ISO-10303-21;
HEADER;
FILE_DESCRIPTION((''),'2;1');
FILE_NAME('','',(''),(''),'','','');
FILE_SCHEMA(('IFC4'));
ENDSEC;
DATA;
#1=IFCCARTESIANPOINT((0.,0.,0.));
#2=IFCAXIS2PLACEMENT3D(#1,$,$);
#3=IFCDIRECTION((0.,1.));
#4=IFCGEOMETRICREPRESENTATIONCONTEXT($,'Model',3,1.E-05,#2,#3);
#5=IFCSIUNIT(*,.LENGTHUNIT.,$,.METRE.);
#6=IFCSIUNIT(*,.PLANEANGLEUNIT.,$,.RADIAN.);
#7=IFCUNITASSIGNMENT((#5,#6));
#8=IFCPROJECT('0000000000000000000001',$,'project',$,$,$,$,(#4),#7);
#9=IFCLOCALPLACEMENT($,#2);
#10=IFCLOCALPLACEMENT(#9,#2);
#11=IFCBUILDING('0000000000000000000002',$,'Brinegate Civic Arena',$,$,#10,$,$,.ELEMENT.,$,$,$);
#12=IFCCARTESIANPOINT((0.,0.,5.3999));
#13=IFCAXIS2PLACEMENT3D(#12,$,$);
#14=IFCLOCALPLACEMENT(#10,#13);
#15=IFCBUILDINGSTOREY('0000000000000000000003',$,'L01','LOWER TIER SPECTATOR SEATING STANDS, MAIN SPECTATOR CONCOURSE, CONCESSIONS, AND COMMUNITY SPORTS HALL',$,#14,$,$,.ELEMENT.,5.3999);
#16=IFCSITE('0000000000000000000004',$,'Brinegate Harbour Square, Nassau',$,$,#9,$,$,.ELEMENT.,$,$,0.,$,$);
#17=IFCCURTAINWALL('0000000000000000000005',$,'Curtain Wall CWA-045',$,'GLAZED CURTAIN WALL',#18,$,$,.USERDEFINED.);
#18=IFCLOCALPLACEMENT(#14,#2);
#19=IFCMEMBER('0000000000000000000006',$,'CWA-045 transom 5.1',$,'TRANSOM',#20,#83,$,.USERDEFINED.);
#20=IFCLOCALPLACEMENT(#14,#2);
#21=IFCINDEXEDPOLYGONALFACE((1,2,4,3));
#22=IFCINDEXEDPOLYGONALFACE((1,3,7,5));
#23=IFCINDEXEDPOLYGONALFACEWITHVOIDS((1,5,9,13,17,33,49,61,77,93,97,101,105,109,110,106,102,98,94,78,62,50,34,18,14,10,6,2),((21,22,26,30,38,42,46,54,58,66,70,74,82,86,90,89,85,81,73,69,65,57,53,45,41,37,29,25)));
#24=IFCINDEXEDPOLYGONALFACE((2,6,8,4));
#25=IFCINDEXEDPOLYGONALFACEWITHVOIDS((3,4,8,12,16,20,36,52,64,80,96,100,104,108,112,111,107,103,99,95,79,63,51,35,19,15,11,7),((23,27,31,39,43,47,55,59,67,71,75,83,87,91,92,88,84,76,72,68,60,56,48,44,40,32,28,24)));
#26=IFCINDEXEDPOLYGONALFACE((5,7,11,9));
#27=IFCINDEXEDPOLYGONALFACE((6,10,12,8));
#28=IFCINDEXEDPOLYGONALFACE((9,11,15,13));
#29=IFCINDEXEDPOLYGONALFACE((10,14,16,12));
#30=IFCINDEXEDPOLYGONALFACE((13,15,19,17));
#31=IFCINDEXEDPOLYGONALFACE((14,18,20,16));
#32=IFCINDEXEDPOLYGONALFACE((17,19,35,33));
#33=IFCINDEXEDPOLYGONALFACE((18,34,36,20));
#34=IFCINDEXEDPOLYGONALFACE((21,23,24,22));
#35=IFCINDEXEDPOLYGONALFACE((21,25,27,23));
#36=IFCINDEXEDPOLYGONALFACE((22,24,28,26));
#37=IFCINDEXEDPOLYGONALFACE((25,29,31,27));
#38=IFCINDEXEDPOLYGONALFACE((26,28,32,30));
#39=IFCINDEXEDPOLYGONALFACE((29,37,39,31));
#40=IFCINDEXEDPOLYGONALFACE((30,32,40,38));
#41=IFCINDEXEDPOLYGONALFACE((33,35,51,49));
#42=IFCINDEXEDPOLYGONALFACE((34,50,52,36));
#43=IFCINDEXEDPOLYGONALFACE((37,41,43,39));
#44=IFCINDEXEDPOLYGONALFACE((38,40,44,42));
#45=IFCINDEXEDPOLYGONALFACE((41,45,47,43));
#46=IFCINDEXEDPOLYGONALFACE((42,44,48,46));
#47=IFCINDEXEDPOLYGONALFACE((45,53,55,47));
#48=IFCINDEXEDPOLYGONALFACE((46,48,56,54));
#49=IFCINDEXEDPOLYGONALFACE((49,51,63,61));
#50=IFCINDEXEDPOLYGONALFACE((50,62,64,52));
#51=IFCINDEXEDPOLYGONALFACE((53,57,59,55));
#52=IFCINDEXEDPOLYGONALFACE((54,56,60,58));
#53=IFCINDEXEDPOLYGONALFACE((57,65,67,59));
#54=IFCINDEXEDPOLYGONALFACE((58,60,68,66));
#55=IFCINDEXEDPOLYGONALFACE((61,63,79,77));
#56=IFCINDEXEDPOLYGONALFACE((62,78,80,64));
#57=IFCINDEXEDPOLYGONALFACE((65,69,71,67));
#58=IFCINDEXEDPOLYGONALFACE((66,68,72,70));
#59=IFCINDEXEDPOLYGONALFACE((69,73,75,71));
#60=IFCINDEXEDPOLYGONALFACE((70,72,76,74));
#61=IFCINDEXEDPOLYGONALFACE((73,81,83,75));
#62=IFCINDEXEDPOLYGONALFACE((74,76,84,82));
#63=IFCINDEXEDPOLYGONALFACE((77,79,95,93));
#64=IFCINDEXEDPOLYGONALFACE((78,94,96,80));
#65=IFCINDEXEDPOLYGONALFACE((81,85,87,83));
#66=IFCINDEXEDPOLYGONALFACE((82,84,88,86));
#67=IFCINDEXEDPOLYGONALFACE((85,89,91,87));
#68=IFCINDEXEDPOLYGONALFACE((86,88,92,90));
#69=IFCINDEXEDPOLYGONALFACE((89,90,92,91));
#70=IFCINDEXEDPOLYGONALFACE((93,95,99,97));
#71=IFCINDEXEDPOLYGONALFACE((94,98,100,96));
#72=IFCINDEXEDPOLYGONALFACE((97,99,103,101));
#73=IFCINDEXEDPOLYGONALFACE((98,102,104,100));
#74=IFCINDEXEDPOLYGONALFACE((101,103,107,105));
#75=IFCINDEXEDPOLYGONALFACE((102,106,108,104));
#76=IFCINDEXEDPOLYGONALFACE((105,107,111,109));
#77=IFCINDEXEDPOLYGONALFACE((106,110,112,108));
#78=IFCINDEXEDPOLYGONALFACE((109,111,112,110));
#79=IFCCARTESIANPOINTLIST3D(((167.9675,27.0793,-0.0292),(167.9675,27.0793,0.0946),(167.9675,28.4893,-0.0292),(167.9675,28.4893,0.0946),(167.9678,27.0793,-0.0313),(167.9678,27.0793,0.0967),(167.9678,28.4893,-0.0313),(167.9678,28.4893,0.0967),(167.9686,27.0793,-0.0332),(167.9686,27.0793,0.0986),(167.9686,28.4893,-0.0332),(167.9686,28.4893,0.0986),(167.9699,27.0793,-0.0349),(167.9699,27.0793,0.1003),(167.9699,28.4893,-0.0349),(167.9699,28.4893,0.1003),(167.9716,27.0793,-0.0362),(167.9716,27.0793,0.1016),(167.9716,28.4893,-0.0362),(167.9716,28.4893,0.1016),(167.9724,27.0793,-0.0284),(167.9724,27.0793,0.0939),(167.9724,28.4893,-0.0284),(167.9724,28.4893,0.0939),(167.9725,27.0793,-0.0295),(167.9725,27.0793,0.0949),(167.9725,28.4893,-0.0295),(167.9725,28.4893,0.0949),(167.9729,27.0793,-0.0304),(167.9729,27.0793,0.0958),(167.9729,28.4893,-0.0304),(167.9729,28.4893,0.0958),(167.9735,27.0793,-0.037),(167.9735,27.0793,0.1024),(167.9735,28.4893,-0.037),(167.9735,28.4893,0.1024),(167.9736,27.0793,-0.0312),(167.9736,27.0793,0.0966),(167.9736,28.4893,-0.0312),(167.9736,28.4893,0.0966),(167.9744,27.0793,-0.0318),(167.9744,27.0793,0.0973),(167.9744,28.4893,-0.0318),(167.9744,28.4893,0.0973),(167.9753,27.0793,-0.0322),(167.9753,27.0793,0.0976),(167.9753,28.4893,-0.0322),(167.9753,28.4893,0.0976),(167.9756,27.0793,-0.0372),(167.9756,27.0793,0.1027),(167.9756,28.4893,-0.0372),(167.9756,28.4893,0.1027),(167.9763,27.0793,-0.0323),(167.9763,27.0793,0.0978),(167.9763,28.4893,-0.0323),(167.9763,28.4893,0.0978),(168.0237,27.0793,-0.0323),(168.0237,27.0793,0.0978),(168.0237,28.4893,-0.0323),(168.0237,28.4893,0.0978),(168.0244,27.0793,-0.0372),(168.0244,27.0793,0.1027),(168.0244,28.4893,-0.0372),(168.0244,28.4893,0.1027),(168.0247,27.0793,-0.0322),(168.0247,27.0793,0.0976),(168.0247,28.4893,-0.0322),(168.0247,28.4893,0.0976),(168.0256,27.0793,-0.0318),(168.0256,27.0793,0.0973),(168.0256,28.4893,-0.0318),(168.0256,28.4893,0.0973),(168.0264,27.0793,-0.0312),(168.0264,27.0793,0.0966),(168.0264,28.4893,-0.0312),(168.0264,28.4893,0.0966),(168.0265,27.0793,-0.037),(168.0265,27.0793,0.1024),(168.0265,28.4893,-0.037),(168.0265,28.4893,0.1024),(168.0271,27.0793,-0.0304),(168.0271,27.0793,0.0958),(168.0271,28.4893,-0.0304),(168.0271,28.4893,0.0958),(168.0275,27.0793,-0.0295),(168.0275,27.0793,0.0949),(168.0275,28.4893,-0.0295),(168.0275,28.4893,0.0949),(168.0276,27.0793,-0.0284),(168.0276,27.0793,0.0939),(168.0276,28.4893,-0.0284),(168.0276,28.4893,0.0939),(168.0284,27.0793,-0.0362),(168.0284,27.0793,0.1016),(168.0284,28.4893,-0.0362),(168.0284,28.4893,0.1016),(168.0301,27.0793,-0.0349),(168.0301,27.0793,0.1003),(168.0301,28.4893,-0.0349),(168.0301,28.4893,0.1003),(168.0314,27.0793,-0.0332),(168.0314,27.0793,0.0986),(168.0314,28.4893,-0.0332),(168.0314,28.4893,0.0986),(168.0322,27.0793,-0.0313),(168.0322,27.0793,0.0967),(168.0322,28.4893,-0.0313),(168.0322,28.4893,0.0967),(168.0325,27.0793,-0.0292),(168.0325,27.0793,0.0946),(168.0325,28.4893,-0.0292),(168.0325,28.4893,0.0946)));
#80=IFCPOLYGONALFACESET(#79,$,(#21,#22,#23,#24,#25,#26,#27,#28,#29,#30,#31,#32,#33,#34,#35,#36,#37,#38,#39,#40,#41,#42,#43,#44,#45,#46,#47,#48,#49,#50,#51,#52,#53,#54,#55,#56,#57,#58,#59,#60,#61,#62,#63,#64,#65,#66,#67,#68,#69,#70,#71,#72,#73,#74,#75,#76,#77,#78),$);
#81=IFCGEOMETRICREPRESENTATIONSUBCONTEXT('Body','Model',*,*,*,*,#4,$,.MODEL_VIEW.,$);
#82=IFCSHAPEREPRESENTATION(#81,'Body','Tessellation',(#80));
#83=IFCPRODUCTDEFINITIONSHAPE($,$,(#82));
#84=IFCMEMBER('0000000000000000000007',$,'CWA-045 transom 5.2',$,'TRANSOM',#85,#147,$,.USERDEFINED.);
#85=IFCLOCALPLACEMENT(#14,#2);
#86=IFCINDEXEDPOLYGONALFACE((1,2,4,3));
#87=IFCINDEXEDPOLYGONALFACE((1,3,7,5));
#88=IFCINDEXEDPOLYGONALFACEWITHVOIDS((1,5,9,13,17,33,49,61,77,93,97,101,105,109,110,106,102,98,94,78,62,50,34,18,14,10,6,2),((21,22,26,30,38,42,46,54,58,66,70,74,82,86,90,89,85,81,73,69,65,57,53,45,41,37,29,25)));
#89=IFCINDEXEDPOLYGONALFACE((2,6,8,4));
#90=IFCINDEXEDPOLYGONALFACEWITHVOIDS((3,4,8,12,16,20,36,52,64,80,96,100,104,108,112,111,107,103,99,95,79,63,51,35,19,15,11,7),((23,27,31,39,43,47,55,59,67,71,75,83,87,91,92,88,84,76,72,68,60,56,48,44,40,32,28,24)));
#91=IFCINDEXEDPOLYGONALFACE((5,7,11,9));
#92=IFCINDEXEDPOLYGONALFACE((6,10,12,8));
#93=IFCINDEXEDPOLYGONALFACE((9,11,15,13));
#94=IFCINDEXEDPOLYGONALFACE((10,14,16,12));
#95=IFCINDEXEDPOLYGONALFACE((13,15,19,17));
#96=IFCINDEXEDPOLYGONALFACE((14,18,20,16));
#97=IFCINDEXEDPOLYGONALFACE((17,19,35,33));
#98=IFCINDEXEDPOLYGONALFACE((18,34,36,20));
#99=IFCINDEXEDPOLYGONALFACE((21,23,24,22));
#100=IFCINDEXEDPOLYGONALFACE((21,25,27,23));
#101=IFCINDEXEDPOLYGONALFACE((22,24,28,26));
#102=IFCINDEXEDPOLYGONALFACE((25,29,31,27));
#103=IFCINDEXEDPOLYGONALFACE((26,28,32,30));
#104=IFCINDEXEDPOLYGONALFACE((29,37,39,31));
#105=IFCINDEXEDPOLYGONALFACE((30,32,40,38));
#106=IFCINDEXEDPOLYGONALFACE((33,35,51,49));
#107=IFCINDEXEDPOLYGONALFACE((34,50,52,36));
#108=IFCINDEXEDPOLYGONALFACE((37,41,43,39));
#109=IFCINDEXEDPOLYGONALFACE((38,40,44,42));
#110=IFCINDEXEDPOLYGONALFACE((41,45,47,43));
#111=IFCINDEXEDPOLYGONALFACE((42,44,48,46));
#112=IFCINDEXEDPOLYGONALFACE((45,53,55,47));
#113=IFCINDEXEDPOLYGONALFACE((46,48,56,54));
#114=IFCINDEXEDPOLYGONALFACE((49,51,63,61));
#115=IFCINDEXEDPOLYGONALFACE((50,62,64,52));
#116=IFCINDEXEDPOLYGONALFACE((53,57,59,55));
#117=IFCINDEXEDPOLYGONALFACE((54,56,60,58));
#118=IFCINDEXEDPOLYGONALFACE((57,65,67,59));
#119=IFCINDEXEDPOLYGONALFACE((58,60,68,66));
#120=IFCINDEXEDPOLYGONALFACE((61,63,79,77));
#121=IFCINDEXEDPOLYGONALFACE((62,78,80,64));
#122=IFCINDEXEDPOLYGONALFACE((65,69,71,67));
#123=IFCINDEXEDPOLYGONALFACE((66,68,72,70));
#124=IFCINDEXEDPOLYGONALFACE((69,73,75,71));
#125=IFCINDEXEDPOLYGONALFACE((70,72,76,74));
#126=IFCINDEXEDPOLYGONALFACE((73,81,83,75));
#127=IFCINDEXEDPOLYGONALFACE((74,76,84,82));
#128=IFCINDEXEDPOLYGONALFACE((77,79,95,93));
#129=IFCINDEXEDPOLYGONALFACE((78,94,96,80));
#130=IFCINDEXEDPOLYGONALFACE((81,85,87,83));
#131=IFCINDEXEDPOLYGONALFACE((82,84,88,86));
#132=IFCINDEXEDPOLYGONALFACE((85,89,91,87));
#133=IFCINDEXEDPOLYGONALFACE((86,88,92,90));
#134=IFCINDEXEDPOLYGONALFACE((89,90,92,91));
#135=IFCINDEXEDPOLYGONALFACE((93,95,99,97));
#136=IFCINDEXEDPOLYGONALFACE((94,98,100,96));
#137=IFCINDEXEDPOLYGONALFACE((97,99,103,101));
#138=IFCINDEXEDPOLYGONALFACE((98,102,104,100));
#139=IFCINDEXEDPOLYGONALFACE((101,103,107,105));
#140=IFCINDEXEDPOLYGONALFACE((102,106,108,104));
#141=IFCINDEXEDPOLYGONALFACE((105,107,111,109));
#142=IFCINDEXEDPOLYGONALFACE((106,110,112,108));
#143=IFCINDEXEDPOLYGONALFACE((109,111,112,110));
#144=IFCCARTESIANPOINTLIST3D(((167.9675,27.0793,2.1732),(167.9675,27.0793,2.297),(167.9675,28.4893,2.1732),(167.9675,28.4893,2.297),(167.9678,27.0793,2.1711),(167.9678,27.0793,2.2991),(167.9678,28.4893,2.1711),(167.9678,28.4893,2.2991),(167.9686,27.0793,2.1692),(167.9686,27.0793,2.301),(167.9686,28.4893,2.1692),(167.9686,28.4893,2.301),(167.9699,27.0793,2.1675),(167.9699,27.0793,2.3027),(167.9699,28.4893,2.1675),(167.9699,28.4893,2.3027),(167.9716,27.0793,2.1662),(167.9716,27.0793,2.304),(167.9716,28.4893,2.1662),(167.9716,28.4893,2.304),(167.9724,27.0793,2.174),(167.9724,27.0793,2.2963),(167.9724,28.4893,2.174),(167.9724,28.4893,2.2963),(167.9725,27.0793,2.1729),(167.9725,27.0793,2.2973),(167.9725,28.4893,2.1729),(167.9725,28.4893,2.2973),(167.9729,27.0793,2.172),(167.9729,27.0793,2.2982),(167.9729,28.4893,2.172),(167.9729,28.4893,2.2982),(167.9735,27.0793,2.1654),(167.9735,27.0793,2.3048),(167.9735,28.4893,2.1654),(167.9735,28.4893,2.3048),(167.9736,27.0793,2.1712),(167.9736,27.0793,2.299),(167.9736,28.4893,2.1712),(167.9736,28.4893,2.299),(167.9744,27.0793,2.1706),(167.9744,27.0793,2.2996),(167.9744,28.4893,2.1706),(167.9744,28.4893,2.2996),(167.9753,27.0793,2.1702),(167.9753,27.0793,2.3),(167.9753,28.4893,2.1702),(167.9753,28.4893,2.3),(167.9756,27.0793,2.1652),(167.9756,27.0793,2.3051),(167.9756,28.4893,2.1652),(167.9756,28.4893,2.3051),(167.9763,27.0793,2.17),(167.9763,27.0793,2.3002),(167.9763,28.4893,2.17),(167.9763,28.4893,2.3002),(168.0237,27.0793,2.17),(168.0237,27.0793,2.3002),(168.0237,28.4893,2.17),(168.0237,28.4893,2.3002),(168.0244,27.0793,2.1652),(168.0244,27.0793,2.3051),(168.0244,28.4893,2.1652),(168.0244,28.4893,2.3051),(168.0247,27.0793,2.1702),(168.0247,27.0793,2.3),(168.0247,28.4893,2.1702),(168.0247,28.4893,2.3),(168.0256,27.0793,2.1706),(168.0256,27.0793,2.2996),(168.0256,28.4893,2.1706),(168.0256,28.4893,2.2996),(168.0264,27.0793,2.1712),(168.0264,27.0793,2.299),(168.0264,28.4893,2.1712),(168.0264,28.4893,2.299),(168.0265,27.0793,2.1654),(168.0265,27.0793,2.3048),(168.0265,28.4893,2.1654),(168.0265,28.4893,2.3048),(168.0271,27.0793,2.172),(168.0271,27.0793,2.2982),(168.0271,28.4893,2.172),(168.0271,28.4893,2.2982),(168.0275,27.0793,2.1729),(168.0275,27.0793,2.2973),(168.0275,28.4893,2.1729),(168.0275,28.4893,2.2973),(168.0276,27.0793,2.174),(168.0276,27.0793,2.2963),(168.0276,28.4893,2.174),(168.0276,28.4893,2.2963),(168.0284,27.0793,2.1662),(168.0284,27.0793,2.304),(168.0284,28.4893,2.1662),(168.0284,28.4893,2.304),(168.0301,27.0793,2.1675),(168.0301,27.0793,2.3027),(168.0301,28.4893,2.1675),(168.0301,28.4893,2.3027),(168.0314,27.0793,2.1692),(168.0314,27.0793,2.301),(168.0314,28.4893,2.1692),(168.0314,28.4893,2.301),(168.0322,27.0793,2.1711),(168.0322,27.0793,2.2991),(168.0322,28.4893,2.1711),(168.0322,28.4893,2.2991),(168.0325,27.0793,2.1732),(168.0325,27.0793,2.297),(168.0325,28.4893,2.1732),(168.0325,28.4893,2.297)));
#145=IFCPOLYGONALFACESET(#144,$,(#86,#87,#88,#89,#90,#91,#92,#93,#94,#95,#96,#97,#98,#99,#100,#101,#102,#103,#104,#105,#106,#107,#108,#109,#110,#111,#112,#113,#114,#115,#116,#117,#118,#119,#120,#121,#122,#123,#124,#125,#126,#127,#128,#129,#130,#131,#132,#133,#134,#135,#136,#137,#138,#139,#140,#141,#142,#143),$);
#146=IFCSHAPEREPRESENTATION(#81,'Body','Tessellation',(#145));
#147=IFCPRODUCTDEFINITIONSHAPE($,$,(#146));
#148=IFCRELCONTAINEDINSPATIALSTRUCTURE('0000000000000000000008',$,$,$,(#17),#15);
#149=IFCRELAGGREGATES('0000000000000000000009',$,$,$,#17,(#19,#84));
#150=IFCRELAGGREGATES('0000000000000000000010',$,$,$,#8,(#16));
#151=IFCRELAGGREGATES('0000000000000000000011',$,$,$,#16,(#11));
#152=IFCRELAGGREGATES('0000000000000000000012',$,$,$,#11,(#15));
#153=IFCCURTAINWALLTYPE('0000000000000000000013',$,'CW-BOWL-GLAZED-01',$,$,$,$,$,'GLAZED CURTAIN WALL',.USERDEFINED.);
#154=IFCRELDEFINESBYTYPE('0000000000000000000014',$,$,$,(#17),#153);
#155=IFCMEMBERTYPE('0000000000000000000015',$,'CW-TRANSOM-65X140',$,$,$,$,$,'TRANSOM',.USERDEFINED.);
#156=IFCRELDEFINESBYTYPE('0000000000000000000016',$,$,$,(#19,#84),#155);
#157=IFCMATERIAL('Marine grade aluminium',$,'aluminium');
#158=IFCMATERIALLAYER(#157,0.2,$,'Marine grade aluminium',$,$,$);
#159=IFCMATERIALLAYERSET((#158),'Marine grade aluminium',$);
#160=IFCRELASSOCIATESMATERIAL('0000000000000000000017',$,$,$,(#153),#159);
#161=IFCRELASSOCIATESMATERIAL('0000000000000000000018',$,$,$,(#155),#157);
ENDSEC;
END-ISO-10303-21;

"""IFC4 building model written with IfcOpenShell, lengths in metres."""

from ifc_helpers import new_model, si_unit, direction, frame, origin, origin_2d, place, context, subcontext, project, spatial, hollow_rectangle, extrude, material, layer, layer_set, material_profile, profile_set, type_object, element, aggregate, save


model = new_model("IFC4")

# Units and contexts
model_context = context("Model", 3, precision=1e-05, world=origin(), true_north=direction((0.0, 1.0)))
body_context = subcontext(model_context, "Body", "Model", "MODEL_VIEW")
ifc_project = project(units=[si_unit("LENGTHUNIT", "METRE"), si_unit("PLANEANGLEUNIT", "RADIAN")], contexts=[model_context])

# Site, building, storey
site_placement = place(None, origin())
site = spatial("IfcSite", under=ifc_project, at=site_placement, Name="Brinegate Harbour Square, Nassau", CompositionType="ELEMENT", RefElevation=0.0)
building_placement = place(site_placement, origin())
building = spatial("IfcBuilding", under=site, at=building_placement, Name="Brinegate Civic Arena", CompositionType="ELEMENT")
storey_placement = place(building_placement, frame((0.0, 0.0, 5.3999)))
storey = spatial("IfcBuildingStorey", under=building, at=storey_placement, Name="L01", Description="LOWER TIER SPECTATOR SEATING STANDS, MAIN SPECTATOR CONCOURSE, CONCESSIONS, AND COMMUNITY SPORTS HALL", CompositionType="ELEMENT", Elevation=5.3999)

# Shared definitions
ifc_material_1 = material(Name="Marine grade aluminium", Category="aluminium")

# Curtain wall
ifc_layer_1 = layer(ifc_material_1, 0.2, Name="Marine grade aluminium")
ifc_layer_set_1 = layer_set([ifc_layer_1], Name="Marine grade aluminium")
curtain_wall_type_1 = type_object("IfcCurtainWallType", Name="CW-BOWL-GLAZED-01", ElementType="GLAZED CURTAIN WALL", PredefinedType="USERDEFINED", material=ifc_layer_set_1)
curtain_wall_1_placement = place(storey_placement, origin())
curtain_wall_1 = element("IfcCurtainWall", 1, at=curtain_wall_1_placement, inside=storey, type_object=curtain_wall_type_1, Name="Curtain Wall CWA-045", ObjectType="GLAZED CURTAIN WALL", PredefinedType="USERDEFINED")

# Members
ifc_material_profile_1 = material_profile(ifc_material_1, hollow_rectangle(XDim=0.0649, YDim=0.1399, WallThickness=0.0049, InnerFilletRadius=0.0039, OuterFilletRadius=0.0081, at=origin_2d()), Name="TRN65X140")
ifc_profile_set_1 = profile_set([ifc_material_profile_1], Name="Marine grade aluminium")
member_type_1 = type_object("IfcMemberType", Name="CW-TRANSOM-65X140", ElementType="TRANSOM", PredefinedType="USERDEFINED", material=ifc_profile_set_1)
member_1_placement = place(storey_placement, frame((168.0, 27.0793, 0.0327), z_axis=(0.0, 1.0, 0.0), x_axis=(-1.0, 0.0, 0.0)))
member_1 = element("IfcMember", 2, at=member_1_placement, type_object=member_type_1, Name="CWA-045 transom 5.1", ObjectType="TRANSOM", PredefinedType="USERDEFINED", context=body_context, shape_type="SweptSolid", body=[
    extrude(hollow_rectangle(XDim=0.0649, YDim=0.1399, WallThickness=0.0049, InnerFilletRadius=0.0039, OuterFilletRadius=0.0081, at=origin_2d()), origin(), (0.0, 0.0, 1.0), 1.4099),
])
member_2_placement = place(storey_placement, frame((168.0, 27.0793, 2.2351), z_axis=(0.0, 1.0, 0.0), x_axis=(-1.0, 0.0, 0.0)))
member_2 = element("IfcMember", 3, at=member_2_placement, type_object=member_type_1, Name="CWA-045 transom 5.2", ObjectType="TRANSOM", PredefinedType="USERDEFINED", context=body_context, shape_type="SweptSolid", body=[
    extrude(hollow_rectangle(XDim=0.0649, YDim=0.1399, WallThickness=0.0049, InnerFilletRadius=0.0039, OuterFilletRadius=0.0081, at=origin_2d()), origin(), (0.0, 0.0, 1.0), 1.4099),
])

aggregate(curtain_wall_1, [member_1, member_2])

save(model, "model.ifc")
